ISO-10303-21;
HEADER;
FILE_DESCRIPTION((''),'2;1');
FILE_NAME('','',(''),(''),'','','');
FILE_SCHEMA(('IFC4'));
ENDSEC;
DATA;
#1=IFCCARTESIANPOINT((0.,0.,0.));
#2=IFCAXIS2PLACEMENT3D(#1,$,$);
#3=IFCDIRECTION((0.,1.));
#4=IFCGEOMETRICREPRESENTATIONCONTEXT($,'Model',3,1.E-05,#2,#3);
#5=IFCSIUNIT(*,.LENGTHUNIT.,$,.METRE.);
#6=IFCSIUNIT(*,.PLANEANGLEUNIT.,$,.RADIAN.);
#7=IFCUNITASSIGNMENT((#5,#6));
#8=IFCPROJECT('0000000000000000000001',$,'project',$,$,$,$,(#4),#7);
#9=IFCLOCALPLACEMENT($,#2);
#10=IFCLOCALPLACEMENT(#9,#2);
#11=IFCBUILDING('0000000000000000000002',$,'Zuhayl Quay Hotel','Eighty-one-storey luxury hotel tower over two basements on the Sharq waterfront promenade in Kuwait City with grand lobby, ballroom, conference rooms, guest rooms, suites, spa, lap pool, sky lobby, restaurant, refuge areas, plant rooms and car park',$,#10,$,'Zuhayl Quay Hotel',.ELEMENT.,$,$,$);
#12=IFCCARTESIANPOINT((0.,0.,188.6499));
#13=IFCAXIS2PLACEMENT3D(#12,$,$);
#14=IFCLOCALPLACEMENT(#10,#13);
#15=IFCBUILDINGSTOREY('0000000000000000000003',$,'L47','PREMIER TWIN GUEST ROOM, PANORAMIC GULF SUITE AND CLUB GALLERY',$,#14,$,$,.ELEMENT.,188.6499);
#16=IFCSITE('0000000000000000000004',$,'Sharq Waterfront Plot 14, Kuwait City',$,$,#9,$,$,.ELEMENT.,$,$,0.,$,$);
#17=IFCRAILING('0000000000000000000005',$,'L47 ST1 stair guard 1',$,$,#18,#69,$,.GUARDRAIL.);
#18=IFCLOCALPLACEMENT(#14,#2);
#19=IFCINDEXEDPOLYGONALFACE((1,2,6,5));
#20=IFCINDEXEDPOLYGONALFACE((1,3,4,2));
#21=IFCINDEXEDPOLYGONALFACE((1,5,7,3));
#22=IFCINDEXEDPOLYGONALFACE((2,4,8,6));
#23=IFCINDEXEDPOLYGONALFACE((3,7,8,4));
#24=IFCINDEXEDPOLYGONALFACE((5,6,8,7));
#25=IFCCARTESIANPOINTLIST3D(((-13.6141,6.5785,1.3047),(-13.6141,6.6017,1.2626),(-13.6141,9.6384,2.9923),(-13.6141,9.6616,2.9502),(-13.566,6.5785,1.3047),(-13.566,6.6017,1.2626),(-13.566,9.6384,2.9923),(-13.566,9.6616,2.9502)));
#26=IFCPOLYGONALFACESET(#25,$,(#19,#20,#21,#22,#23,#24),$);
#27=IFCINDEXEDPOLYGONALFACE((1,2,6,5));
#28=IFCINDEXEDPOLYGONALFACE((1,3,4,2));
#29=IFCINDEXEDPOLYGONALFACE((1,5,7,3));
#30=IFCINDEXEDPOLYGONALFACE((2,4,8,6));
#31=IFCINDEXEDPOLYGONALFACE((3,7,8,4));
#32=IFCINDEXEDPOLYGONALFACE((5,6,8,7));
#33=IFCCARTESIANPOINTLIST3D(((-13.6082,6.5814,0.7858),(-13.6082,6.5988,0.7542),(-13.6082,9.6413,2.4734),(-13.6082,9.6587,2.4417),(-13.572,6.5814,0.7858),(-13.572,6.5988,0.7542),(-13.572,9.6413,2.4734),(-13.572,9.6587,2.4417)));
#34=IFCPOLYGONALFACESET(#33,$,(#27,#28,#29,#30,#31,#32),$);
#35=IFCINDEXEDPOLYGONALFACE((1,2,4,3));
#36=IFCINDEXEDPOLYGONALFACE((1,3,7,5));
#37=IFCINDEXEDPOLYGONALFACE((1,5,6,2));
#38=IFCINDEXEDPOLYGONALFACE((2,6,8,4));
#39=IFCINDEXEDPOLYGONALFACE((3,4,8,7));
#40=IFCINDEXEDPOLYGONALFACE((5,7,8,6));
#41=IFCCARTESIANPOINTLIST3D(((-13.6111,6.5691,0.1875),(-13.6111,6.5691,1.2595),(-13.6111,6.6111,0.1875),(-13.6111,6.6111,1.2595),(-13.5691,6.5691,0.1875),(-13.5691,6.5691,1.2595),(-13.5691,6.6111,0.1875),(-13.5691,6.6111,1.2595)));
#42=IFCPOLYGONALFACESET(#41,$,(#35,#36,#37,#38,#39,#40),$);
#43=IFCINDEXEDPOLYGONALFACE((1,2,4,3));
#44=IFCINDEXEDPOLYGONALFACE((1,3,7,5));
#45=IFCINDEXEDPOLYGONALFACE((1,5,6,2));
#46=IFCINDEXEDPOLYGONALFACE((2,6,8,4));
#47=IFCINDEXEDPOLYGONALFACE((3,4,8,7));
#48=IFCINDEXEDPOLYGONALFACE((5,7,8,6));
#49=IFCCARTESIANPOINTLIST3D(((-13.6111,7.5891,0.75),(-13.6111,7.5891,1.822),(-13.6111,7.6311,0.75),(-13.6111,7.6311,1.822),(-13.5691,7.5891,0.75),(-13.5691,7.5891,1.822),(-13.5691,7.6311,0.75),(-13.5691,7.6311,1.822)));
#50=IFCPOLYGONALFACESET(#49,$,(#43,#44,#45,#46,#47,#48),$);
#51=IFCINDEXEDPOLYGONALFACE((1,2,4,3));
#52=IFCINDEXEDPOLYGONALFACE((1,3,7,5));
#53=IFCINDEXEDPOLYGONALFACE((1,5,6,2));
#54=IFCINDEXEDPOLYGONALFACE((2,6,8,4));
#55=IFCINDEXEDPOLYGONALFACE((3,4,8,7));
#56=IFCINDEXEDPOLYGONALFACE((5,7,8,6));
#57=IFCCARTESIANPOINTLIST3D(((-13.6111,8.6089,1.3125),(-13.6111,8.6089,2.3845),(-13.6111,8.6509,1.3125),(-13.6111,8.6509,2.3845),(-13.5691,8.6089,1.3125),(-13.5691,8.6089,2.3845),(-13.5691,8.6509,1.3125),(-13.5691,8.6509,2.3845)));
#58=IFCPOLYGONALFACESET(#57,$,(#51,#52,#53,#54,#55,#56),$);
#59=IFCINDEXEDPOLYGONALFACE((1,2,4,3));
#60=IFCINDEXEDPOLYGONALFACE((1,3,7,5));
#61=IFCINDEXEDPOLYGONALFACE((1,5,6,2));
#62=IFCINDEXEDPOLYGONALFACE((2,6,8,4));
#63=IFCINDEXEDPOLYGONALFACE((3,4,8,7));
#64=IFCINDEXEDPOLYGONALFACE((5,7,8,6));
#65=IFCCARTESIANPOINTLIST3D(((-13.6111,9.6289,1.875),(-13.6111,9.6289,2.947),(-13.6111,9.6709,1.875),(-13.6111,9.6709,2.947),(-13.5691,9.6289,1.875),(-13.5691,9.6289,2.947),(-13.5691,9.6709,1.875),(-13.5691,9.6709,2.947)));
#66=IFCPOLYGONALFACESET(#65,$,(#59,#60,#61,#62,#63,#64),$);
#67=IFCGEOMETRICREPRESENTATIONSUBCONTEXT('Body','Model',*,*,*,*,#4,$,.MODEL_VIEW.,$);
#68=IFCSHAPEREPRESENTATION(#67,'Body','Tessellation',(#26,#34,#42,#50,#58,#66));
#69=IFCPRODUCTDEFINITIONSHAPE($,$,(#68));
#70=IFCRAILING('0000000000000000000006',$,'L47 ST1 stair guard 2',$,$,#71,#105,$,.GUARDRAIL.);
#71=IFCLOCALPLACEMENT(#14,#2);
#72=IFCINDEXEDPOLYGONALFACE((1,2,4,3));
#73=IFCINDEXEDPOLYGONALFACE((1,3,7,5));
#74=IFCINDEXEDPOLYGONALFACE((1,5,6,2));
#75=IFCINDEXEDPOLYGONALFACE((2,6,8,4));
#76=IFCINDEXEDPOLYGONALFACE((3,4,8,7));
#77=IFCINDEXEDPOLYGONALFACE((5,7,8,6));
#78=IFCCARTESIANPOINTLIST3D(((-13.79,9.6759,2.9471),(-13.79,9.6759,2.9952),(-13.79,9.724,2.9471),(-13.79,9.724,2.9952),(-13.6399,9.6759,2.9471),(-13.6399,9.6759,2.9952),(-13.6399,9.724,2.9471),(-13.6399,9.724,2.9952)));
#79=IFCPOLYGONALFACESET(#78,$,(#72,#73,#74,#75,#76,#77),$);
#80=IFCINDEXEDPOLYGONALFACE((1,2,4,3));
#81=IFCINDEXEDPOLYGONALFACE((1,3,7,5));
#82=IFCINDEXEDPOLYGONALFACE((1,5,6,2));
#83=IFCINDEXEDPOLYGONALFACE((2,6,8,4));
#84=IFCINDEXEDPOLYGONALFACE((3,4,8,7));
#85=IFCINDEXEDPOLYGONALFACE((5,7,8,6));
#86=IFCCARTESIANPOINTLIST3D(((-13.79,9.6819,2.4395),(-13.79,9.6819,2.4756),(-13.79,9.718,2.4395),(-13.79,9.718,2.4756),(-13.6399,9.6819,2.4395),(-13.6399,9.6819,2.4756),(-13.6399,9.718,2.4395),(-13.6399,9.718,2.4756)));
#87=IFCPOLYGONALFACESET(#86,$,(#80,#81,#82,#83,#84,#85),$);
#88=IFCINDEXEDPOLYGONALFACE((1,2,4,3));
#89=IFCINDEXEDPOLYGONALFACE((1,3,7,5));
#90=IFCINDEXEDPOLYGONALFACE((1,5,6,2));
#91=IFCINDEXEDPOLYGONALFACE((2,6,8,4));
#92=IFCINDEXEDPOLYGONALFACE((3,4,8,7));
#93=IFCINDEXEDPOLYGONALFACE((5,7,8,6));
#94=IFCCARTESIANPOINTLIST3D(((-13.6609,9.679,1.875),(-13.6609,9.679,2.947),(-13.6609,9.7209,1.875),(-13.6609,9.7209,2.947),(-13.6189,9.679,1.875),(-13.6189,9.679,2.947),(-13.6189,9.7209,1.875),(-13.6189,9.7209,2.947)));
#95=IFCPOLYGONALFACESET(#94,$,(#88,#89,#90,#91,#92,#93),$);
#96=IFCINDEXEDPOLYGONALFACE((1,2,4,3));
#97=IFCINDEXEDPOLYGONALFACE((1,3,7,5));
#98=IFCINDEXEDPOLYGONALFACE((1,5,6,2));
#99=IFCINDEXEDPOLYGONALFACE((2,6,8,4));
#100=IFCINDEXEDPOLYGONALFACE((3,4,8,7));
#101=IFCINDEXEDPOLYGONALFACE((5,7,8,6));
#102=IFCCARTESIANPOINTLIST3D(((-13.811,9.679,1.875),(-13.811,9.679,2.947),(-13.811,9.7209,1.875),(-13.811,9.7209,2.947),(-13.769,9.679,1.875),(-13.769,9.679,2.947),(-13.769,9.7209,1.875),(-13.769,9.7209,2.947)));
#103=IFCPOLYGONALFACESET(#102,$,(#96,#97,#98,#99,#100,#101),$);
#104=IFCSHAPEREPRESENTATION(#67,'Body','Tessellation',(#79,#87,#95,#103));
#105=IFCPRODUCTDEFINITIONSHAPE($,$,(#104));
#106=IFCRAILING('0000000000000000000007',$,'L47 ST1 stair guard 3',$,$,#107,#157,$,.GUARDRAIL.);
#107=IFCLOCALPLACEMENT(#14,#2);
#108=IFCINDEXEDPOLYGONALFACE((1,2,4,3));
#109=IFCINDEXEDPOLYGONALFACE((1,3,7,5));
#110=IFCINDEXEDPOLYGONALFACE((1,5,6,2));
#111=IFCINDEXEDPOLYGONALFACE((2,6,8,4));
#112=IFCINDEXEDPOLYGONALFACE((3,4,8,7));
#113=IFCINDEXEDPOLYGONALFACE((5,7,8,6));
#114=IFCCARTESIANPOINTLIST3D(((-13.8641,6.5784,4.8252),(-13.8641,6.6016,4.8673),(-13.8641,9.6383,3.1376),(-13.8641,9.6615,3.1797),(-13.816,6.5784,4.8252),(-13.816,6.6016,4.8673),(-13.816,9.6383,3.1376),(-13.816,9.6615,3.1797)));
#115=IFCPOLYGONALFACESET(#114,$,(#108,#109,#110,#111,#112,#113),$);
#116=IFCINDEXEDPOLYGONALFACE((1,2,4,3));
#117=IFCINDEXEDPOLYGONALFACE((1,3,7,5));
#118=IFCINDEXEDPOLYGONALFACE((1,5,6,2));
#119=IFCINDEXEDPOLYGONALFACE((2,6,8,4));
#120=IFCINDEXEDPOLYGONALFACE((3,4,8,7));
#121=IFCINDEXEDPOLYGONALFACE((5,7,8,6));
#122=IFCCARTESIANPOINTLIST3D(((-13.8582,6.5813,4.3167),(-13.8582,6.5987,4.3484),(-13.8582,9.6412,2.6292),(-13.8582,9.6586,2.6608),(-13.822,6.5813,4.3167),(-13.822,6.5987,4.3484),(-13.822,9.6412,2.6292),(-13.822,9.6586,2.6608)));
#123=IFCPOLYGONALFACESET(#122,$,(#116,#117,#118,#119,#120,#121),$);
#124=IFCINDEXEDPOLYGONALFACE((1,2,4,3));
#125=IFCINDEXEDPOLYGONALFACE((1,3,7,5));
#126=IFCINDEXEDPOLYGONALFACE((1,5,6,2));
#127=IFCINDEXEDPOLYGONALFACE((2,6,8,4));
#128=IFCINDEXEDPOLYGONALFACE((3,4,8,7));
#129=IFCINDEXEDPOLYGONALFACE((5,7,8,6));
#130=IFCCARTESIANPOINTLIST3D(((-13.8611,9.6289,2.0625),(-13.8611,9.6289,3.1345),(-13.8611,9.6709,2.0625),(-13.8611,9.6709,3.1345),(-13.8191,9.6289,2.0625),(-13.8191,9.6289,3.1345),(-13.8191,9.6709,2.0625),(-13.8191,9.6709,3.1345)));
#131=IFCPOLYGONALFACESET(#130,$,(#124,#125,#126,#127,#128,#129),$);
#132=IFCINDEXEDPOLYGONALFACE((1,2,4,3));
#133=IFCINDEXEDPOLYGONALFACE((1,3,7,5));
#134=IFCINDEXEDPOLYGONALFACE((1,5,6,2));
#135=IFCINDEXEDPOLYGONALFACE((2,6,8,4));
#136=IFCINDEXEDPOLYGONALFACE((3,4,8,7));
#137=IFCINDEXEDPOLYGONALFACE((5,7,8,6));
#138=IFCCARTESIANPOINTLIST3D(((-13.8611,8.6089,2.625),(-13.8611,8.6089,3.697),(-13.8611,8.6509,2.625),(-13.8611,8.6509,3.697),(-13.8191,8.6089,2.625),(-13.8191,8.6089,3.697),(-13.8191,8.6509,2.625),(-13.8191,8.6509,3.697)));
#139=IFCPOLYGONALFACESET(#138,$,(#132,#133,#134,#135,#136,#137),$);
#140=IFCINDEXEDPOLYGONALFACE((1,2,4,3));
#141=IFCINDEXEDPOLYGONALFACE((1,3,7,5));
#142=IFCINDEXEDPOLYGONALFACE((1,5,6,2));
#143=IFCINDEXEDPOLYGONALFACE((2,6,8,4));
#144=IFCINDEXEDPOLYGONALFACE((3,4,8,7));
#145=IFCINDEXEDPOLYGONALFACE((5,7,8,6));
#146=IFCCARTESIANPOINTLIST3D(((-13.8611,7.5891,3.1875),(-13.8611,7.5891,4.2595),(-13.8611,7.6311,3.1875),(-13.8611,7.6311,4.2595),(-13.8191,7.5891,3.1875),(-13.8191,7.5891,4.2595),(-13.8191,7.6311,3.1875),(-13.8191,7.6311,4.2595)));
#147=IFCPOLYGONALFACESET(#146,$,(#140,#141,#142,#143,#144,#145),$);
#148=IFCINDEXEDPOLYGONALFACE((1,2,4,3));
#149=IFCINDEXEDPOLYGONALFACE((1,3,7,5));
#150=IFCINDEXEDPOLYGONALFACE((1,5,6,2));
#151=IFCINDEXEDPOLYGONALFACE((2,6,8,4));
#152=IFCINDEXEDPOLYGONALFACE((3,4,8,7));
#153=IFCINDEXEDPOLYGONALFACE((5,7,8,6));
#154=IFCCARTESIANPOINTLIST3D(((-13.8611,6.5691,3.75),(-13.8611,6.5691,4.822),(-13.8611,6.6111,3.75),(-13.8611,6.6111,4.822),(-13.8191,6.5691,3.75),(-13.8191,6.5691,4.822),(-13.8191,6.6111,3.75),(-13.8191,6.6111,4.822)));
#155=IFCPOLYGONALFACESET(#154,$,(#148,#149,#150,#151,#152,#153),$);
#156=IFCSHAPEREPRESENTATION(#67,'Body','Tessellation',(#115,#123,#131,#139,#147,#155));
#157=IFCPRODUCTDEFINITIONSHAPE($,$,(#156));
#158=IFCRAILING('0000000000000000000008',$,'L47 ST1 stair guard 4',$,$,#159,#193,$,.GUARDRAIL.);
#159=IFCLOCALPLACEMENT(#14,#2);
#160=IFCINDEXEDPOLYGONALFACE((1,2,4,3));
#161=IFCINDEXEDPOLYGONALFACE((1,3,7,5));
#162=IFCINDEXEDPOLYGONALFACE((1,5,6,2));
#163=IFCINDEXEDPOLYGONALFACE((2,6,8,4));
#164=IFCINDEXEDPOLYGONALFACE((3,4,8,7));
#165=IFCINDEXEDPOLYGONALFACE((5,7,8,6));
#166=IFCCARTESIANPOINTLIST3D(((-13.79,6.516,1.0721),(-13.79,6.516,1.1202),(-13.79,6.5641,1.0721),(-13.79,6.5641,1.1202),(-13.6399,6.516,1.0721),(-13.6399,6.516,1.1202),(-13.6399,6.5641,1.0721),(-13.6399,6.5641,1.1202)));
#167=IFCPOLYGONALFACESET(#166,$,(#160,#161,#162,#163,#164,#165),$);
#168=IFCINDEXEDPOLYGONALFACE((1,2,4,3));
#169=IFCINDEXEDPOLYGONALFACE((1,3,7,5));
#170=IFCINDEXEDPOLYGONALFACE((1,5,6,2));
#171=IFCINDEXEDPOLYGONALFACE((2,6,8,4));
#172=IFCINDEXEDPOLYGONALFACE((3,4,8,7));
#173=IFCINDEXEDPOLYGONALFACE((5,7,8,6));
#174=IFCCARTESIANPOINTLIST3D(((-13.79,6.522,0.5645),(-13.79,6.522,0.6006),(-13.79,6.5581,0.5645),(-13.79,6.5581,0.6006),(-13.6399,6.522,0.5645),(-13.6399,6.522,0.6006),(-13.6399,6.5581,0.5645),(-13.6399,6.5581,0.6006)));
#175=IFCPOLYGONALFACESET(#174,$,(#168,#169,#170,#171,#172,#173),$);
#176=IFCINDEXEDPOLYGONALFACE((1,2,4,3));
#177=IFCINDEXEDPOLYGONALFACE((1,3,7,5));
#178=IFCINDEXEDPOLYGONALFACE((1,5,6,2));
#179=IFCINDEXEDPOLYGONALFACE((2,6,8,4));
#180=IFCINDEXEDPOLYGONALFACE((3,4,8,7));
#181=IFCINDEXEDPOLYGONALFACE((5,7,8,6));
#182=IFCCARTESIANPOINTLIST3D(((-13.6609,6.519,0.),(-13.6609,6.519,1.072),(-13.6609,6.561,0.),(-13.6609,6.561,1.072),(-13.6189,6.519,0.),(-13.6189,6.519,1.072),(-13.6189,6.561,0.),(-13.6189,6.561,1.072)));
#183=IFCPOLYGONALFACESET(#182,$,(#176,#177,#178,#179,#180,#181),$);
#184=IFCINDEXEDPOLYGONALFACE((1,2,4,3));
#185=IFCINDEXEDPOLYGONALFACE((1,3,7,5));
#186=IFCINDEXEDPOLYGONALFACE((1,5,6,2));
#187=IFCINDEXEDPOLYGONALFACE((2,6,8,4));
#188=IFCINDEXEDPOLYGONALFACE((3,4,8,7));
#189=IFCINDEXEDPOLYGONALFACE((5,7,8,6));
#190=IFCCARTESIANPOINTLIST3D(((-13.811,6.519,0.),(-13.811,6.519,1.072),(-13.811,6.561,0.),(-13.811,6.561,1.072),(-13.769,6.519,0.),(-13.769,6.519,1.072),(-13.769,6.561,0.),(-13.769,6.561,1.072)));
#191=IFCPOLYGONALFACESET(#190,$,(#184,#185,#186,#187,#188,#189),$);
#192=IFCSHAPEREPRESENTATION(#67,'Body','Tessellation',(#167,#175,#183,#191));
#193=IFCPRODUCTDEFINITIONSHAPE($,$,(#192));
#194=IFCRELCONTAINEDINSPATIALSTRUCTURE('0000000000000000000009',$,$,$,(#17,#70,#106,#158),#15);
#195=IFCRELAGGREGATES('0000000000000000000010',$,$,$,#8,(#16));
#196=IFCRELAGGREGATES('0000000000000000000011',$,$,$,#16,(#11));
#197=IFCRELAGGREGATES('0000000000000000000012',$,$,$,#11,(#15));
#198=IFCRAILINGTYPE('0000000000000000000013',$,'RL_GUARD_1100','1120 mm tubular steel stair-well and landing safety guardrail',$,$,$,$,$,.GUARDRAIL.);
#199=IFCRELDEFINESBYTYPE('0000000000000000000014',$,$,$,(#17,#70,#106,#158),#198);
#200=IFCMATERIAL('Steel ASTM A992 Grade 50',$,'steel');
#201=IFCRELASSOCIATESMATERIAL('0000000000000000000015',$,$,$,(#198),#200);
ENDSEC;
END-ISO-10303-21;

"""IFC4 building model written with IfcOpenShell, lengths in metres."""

from ifc_helpers import new_model, si_unit, direction, frame, origin, origin_2d, place, context, subcontext, project, spatial, rectangle, extrude, material, type_object, element, save


model = new_model("IFC4")

# Units and contexts
model_context = context("Model", 3, precision=1e-05, world=origin(), true_north=direction((0.0, 1.0)))
body_context = subcontext(model_context, "Body", "Model", "MODEL_VIEW")
ifc_project = project(units=[si_unit("LENGTHUNIT", "METRE"), si_unit("PLANEANGLEUNIT", "RADIAN")], contexts=[model_context])

# Site, building, storey
site_placement = place(None, origin())
site = spatial("IfcSite", under=ifc_project, at=site_placement, Name="Sharq Waterfront Plot 14, Kuwait City", CompositionType="ELEMENT", RefElevation=0.0)
building_placement = place(site_placement, origin())
building = spatial("IfcBuilding", under=site, at=building_placement, Name="Zuhayl Quay Hotel", Description="Eighty-one-storey luxury hotel tower over two basements on the Sharq waterfront promenade in Kuwait City with grand lobby, ballroom, conference rooms, guest rooms, suites, spa, lap pool, sky lobby, restaurant, refuge areas, plant rooms and car park", LongName="Zuhayl Quay Hotel", CompositionType="ELEMENT")
storey_placement = place(building_placement, frame((0.0, 0.0, 188.6499)))
storey = spatial("IfcBuildingStorey", under=building, at=storey_placement, Name="L47", Description="PREMIER TWIN GUEST ROOM, PANORAMIC GULF SUITE AND CLUB GALLERY", CompositionType="ELEMENT", Elevation=188.6499)

# Railings
ifc_material_1 = material(Name="Steel ASTM A992 Grade 50", Category="steel")
railing_type_1 = type_object("IfcRailingType", Name="RL_GUARD_1100", Description="1120 mm tubular steel stair-well and landing safety guardrail", PredefinedType="GUARDRAIL", material=ifc_material_1)
railing_1_placement = place(storey_placement, frame((-13.5901, 6.5901, 0.1875)))
element("IfcRailing", 1, at=railing_1_placement, inside=storey, type_object=railing_type_1, Name="L47 ST1 stair guard 1", PredefinedType="GUARDRAIL", context=body_context, shape_type="SweptSolid", body=[
    extrude(rectangle(XDim=0.0481, YDim=0.0481, at=origin_2d()), frame((0.0, 0.0, 1.0962), z_axis=(0.0, 0.875659, 0.48293), x_axis=(-1.0, 0.0, 0.0)), (0.0, 0.0, 1.0), 3.4944),
    extrude(rectangle(XDim=0.0361, YDim=0.0361, at=origin_2d()), frame((0.0, 0.0, 0.5825), z_axis=(0.0, 0.875659, 0.48293), x_axis=(-1.0, 0.0, 0.0)), (0.0, 0.0, 1.0), 3.4944),
    extrude(rectangle(XDim=0.042, YDim=0.042, at=origin_2d()), origin(), (0.0, 0.0, 1.0), 1.072),
    extrude(rectangle(XDim=0.042, YDim=0.042, at=origin_2d()), frame((0.0, 1.02, 0.5625)), (0.0, 0.0, 1.0), 1.072),
    extrude(rectangle(XDim=0.042, YDim=0.042, at=origin_2d()), frame((0.0, 2.0398, 1.125)), (0.0, 0.0, 1.0), 1.072),
    extrude(rectangle(XDim=0.042, YDim=0.042, at=origin_2d()), frame((0.0, 3.0598, 1.6875)), (0.0, 0.0, 1.0), 1.072),
])
railing_2_placement = place(storey_placement, frame((-13.6399, 9.7, 1.875)))
element("IfcRailing", 2, at=railing_2_placement, inside=storey, type_object=railing_type_1, Name="L47 ST1 stair guard 2", PredefinedType="GUARDRAIL", context=body_context, shape_type="SweptSolid", body=[
    extrude(rectangle(XDim=0.0481, YDim=0.0481, at=origin_2d()), frame((0.0, 0.0, 1.0962), z_axis=(-1.0, 0.0, 0.0), x_axis=(0.0, -1.0, 0.0)), (0.0, 0.0, 1.0), 0.1501),
    extrude(rectangle(XDim=0.0361, YDim=0.0361, at=origin_2d()), frame((0.0, 0.0, 0.5825), z_axis=(-1.0, 0.0, 0.0), x_axis=(0.0, -1.0, 0.0)), (0.0, 0.0, 1.0), 0.1501),
    extrude(rectangle(XDim=0.042, YDim=0.042, at=origin_2d()), origin(), (0.0, 0.0, 1.0), 1.072),
    extrude(rectangle(XDim=0.042, YDim=0.042, at=origin_2d()), frame((-0.1501, 0.0, 0.0)), (0.0, 0.0, 1.0), 1.072),
])
railing_3_placement = place(storey_placement, frame((-13.8401, 9.6499, 2.0625)))
element("IfcRailing", 3, at=railing_3_placement, inside=storey, type_object=railing_type_1, Name="L47 ST1 stair guard 3", PredefinedType="GUARDRAIL", context=body_context, shape_type="SweptSolid", body=[
    extrude(rectangle(XDim=0.0481, YDim=0.0481, at=origin_2d()), frame((0.0, 0.0, 1.0962), z_axis=(0.0, -0.875659, 0.48293), x_axis=(1.0, 0.0, 0.0)), (0.0, 0.0, 1.0), 3.4944),
    extrude(rectangle(XDim=0.0361, YDim=0.0361, at=origin_2d()), frame((0.0, 0.0, 0.5825), z_axis=(0.0, -0.875659, 0.48293), x_axis=(1.0, 0.0, 0.0)), (0.0, 0.0, 1.0), 3.4944),
    extrude(rectangle(XDim=0.042, YDim=0.042, at=origin_2d()), origin(), (0.0, 0.0, 1.0), 1.072),
    extrude(rectangle(XDim=0.042, YDim=0.042, at=origin_2d()), frame((0.0, -1.02, 0.5625)), (0.0, 0.0, 1.0), 1.072),
    extrude(rectangle(XDim=0.042, YDim=0.042, at=origin_2d()), frame((0.0, -2.0398, 1.125)), (0.0, 0.0, 1.0), 1.072),
    extrude(rectangle(XDim=0.042, YDim=0.042, at=origin_2d()), frame((0.0, -3.0598, 1.6875)), (0.0, 0.0, 1.0), 1.072),
])
railing_4_placement = place(storey_placement, frame((-13.6399, 6.54, 0.0)))
element("IfcRailing", 4, at=railing_4_placement, inside=storey, type_object=railing_type_1, Name="L47 ST1 stair guard 4", PredefinedType="GUARDRAIL", context=body_context, shape_type="SweptSolid", body=[
    extrude(rectangle(XDim=0.0481, YDim=0.0481, at=origin_2d()), frame((0.0, 0.0, 1.0962), z_axis=(-1.0, 0.0, 0.0), x_axis=(0.0, -1.0, 0.0)), (0.0, 0.0, 1.0), 0.1501),
    extrude(rectangle(XDim=0.0361, YDim=0.0361, at=origin_2d()), frame((0.0, 0.0, 0.5825), z_axis=(-1.0, 0.0, 0.0), x_axis=(0.0, -1.0, 0.0)), (0.0, 0.0, 1.0), 0.1501),
    extrude(rectangle(XDim=0.042, YDim=0.042, at=origin_2d()), origin(), (0.0, 0.0, 1.0), 1.072),
    extrude(rectangle(XDim=0.042, YDim=0.042, at=origin_2d()), frame((-0.1501, 0.0, 0.0)), (0.0, 0.0, 1.0), 1.072),
])

save(model, "model.ifc")
